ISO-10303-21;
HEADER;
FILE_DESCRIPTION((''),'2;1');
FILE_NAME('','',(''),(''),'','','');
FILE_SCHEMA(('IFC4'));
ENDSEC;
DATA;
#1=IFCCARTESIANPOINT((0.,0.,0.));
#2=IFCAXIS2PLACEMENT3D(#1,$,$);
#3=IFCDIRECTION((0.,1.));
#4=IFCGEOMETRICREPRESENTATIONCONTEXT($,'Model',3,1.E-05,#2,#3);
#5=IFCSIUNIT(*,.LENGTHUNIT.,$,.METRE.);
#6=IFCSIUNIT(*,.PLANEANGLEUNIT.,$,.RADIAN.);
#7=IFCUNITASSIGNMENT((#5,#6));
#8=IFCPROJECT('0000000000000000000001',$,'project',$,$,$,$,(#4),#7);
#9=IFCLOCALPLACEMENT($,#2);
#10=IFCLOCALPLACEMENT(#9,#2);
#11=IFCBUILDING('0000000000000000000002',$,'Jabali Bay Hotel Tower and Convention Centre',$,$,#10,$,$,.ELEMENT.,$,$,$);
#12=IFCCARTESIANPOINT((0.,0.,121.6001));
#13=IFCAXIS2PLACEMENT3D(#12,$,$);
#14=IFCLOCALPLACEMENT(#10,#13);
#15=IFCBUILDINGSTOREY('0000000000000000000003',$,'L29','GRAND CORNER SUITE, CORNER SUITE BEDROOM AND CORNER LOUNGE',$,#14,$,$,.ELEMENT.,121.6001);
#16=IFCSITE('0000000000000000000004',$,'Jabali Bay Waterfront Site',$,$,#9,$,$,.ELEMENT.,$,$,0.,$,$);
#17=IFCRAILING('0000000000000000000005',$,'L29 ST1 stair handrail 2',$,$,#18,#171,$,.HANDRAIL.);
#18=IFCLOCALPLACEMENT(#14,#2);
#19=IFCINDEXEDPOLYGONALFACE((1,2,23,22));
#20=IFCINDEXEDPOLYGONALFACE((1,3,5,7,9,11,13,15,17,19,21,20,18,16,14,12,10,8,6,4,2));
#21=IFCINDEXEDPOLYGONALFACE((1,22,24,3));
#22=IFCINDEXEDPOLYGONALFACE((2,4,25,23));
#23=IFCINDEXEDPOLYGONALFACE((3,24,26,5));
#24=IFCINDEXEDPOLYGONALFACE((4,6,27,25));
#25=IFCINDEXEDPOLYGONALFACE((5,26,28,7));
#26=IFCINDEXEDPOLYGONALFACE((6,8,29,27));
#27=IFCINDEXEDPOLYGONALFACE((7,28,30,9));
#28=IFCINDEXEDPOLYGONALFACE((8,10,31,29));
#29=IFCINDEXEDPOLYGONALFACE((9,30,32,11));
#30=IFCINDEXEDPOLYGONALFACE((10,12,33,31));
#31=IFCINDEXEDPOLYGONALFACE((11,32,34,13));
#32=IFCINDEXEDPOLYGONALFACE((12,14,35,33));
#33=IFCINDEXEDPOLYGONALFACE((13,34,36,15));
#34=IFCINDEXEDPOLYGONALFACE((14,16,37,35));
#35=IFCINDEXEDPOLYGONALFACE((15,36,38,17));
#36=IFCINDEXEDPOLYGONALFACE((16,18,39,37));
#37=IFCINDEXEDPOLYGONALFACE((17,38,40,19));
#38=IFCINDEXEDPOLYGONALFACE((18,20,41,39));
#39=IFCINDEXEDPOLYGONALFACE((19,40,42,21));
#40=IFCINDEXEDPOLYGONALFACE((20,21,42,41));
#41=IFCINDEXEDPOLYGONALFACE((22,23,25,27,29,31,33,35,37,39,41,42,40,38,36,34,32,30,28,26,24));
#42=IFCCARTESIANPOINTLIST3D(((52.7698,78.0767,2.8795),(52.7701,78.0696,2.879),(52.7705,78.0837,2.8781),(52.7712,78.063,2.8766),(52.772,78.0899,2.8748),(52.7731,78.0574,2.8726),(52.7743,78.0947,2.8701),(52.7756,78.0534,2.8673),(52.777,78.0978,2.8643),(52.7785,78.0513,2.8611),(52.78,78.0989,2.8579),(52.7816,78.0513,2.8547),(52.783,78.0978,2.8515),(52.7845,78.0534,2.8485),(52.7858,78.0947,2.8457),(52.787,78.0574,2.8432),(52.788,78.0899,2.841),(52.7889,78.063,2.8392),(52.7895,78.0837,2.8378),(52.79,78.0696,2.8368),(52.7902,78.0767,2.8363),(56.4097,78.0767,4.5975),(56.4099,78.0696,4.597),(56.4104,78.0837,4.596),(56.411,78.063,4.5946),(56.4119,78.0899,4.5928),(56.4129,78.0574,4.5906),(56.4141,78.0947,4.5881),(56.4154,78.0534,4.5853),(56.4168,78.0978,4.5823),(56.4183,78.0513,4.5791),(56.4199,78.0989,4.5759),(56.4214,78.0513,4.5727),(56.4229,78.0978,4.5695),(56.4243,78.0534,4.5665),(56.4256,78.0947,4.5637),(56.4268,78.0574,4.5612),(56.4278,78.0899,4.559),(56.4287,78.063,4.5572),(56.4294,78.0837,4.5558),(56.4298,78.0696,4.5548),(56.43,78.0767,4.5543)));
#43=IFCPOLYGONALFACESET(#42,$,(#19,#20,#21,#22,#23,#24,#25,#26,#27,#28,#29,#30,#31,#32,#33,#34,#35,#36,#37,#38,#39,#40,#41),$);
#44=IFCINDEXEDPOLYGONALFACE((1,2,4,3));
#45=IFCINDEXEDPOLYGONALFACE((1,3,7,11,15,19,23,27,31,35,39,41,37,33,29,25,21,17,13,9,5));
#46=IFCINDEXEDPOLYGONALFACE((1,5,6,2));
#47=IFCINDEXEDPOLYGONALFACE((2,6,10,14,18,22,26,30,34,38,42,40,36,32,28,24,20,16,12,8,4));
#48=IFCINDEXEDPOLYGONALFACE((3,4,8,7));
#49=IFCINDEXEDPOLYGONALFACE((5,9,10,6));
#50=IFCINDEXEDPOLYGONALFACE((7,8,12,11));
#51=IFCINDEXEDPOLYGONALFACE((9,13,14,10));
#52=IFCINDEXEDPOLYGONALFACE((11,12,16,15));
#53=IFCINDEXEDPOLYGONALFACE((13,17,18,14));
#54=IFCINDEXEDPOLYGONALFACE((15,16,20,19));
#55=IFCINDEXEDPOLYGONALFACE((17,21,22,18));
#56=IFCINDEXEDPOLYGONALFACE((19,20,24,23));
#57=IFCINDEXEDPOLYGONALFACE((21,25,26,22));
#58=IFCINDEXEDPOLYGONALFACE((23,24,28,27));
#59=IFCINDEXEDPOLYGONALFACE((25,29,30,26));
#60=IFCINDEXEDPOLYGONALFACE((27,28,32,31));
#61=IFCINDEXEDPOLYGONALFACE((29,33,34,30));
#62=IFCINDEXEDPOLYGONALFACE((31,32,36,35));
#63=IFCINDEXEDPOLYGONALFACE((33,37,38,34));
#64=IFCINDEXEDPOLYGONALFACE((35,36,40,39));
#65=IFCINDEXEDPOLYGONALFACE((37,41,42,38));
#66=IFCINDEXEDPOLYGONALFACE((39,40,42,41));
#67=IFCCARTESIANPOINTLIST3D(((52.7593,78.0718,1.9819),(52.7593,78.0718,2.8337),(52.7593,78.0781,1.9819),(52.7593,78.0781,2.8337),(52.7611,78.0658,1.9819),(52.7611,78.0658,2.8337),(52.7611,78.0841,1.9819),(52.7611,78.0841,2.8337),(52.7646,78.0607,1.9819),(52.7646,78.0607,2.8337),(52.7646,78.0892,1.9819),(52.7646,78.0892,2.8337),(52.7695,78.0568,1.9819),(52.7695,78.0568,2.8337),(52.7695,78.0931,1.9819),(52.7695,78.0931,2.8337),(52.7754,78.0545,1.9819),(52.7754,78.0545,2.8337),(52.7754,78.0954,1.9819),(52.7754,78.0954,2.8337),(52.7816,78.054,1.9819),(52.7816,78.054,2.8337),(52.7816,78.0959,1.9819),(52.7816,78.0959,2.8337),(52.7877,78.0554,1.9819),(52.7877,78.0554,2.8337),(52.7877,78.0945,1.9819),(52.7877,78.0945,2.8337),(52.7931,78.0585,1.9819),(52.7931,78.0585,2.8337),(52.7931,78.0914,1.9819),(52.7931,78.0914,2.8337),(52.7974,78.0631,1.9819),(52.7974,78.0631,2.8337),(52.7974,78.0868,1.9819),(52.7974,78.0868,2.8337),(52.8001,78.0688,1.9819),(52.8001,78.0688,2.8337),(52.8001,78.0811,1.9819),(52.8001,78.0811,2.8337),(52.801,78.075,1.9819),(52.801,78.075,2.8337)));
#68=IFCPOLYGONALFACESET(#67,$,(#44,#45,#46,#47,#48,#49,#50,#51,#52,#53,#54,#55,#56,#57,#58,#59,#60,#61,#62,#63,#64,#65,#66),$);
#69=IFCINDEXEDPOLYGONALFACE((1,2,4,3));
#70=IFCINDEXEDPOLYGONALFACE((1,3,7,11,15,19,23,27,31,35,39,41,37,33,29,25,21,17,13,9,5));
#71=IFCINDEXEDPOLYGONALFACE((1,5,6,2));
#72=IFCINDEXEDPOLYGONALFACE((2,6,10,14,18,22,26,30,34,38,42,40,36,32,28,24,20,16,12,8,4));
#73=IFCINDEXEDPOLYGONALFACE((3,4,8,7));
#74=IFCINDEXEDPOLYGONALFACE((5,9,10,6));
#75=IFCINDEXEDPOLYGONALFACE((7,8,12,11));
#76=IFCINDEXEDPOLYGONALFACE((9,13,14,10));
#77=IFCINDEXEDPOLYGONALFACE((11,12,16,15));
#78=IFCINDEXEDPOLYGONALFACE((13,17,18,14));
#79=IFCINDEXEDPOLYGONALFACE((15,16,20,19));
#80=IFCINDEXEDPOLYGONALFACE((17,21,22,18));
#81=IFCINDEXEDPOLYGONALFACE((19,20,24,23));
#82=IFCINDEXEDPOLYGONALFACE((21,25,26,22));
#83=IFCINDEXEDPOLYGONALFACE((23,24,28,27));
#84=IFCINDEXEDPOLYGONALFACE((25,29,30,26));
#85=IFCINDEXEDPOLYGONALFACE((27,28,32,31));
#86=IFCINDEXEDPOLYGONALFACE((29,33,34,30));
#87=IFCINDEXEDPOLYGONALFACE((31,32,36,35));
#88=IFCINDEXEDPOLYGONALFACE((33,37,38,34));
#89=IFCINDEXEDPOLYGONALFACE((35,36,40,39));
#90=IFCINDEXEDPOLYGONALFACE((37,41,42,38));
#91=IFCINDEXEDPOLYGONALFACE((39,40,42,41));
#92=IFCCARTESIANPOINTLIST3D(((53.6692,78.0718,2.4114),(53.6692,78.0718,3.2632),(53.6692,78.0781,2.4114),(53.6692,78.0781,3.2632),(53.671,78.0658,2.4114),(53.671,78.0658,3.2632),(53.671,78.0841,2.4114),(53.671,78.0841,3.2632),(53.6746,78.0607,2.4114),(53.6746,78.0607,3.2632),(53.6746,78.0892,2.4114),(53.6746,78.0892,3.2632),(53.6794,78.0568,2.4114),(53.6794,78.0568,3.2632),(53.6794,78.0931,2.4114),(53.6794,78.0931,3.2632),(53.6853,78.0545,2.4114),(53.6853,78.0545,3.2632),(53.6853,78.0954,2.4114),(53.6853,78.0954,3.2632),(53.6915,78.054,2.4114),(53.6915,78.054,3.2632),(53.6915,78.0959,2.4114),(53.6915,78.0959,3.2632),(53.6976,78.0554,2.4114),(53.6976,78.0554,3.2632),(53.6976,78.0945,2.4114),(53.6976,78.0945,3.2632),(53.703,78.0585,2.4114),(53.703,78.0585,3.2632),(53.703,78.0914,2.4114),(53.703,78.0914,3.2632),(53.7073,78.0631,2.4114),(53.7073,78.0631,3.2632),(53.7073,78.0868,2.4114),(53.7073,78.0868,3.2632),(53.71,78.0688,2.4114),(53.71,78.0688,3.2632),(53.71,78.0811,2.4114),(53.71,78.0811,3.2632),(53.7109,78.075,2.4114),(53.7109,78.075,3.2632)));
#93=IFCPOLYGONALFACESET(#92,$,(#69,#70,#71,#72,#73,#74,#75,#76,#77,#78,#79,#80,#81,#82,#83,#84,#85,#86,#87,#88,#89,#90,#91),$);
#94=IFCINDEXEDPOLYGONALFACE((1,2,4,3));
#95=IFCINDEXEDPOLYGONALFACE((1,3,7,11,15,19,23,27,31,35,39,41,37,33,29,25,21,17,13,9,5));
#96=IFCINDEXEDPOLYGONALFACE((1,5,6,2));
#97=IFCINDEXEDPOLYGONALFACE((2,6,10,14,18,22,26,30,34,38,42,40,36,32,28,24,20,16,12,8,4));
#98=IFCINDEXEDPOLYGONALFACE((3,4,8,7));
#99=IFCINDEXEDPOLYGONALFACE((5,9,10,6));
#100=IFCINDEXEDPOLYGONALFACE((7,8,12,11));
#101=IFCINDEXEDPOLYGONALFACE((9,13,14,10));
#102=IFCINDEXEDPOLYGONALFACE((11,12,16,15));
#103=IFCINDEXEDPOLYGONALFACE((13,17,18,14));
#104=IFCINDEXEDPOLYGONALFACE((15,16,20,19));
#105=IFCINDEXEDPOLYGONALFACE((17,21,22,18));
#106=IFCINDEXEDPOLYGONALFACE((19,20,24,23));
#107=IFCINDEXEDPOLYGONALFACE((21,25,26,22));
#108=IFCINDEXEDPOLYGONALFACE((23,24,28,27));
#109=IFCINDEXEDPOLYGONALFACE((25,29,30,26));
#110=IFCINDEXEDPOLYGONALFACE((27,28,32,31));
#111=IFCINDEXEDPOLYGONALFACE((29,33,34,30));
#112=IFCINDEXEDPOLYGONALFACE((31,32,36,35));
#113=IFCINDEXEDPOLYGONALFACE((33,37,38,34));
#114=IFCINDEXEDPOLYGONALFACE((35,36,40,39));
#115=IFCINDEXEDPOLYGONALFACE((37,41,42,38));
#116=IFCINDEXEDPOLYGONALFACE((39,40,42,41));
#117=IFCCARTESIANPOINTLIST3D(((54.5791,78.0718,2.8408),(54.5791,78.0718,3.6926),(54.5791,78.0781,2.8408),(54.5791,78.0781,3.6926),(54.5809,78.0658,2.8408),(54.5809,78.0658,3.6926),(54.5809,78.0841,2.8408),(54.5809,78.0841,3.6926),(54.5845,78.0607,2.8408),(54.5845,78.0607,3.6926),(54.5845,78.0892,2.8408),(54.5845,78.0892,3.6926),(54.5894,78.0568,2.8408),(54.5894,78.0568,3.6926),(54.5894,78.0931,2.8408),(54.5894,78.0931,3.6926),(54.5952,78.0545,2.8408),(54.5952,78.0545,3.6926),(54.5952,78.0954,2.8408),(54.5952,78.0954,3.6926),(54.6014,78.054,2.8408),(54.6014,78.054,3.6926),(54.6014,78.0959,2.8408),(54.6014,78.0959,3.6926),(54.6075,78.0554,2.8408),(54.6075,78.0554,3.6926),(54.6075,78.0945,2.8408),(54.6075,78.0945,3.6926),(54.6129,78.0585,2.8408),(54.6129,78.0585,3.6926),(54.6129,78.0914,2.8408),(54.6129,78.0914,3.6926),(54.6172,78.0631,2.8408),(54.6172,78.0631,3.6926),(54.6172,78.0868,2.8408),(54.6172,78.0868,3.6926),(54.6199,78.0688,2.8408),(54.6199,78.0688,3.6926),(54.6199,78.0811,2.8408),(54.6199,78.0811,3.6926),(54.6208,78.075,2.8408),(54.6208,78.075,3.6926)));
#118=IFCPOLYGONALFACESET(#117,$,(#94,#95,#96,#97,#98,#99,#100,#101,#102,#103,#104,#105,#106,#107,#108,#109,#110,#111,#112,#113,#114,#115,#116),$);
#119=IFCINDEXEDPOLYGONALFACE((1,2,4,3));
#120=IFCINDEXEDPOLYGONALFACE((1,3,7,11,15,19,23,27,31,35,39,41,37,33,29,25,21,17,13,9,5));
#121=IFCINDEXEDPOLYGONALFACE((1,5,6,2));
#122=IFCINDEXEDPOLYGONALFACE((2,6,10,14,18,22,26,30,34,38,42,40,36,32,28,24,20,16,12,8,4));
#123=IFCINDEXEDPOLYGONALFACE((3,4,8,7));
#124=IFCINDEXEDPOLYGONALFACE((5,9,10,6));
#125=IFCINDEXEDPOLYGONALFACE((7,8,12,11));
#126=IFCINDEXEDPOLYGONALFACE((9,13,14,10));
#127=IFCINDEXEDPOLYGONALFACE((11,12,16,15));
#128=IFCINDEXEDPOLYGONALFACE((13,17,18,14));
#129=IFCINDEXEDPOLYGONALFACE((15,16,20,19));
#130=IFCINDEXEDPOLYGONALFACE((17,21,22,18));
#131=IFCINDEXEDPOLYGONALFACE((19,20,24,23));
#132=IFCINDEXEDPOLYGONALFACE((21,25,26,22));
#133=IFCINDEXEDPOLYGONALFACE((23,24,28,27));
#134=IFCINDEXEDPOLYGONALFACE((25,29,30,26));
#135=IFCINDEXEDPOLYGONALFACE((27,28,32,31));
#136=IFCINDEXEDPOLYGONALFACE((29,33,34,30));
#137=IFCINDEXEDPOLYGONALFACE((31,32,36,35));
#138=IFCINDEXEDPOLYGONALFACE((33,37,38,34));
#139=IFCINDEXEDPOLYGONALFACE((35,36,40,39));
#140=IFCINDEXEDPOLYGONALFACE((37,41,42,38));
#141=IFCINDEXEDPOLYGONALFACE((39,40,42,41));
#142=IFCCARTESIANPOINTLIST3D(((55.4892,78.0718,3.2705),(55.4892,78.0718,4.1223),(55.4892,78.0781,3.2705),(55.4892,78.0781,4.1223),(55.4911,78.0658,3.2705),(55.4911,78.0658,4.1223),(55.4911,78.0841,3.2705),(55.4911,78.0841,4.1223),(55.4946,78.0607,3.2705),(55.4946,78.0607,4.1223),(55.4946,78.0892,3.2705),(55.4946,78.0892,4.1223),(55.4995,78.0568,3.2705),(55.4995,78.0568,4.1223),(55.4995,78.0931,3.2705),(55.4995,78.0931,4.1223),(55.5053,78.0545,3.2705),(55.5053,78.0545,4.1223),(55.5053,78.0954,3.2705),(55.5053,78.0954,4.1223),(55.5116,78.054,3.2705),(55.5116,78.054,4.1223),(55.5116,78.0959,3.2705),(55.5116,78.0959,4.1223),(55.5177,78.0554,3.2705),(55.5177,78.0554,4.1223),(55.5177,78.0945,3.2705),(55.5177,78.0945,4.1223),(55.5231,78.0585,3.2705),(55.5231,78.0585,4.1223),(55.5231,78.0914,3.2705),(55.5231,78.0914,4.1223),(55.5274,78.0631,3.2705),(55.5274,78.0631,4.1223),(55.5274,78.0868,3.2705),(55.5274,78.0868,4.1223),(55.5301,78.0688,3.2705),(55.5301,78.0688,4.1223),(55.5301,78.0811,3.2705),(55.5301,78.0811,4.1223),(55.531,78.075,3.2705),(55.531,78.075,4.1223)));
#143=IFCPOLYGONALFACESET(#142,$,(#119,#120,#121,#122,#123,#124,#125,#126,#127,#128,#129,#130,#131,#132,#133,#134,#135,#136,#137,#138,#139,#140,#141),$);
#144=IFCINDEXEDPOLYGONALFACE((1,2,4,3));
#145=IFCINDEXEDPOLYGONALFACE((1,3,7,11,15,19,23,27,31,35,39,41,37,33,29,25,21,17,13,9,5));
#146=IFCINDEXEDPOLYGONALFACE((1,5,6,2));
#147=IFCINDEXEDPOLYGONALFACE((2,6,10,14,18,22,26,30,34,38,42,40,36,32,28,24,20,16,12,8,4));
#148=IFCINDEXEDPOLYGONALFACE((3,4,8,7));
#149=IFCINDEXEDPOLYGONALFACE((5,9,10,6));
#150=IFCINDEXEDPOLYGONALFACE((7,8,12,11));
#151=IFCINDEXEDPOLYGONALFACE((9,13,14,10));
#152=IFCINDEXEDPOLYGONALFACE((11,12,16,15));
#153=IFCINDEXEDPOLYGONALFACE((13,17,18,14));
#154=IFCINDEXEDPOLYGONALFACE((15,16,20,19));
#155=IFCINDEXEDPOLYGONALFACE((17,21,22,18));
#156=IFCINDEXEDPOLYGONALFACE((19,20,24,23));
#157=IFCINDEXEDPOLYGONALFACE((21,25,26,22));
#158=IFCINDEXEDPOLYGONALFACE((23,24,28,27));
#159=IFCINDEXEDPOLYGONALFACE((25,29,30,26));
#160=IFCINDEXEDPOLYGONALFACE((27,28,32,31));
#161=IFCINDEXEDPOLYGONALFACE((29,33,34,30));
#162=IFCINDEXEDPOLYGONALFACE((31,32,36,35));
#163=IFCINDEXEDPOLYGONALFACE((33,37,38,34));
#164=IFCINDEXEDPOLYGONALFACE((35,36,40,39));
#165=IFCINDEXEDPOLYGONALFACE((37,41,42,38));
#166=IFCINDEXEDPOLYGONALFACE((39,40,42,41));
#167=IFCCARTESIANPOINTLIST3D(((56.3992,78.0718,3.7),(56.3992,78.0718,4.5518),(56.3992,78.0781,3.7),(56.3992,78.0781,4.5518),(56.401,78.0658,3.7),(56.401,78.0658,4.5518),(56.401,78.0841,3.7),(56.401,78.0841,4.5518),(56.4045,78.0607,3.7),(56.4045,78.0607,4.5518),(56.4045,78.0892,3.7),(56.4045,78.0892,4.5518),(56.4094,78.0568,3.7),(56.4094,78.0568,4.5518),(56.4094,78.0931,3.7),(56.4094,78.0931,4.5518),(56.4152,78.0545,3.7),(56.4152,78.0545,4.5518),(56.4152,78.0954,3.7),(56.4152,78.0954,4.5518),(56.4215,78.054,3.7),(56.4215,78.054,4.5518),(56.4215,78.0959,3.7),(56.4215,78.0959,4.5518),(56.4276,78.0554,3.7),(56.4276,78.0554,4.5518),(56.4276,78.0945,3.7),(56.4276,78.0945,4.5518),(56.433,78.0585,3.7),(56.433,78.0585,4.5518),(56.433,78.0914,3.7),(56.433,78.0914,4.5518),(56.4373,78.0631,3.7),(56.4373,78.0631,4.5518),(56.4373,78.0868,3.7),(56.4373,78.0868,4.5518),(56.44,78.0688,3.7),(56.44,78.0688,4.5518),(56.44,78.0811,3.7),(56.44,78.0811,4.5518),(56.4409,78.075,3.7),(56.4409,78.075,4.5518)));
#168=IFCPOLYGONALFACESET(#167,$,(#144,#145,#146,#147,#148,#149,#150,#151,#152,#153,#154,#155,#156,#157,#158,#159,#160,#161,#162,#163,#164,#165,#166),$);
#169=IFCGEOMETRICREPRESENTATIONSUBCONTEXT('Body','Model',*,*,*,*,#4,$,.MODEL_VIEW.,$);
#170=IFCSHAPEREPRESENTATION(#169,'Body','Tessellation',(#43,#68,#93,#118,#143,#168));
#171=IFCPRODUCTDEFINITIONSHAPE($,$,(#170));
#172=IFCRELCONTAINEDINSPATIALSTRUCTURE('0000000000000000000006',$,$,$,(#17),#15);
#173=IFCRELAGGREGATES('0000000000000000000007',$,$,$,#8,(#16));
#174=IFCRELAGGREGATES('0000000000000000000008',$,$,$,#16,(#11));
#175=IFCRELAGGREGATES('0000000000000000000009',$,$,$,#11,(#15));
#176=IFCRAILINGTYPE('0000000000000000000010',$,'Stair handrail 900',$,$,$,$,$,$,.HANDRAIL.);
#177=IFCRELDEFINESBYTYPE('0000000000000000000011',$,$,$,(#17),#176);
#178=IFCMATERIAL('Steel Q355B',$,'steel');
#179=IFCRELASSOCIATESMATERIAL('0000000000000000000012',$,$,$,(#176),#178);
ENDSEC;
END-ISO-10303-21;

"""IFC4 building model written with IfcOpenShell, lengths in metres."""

from ifc_helpers import new_model, si_unit, direction, frame, origin, origin_2d, place, context, subcontext, project, spatial, circle, extrude, material, type_object, element, save


model = new_model("IFC4")

# Units and contexts
model_context = context("Model", 3, precision=1e-05, world=origin(), true_north=direction((0.0, 1.0)))
body_context = subcontext(model_context, "Body", "Model", "MODEL_VIEW")
ifc_project = project(units=[si_unit("LENGTHUNIT", "METRE"), si_unit("PLANEANGLEUNIT", "RADIAN")], contexts=[model_context])

# Site, building, storey
site_placement = place(None, origin())
site = spatial("IfcSite", under=ifc_project, at=site_placement, Name="Jabali Bay Waterfront Site", CompositionType="ELEMENT", RefElevation=0.0)
building_placement = place(site_placement, origin())
building = spatial("IfcBuilding", under=site, at=building_placement, Name="Jabali Bay Hotel Tower and Convention Centre", CompositionType="ELEMENT")
storey_placement = place(building_placement, frame((0.0, 0.0, 121.6001)))
storey = spatial("IfcBuildingStorey", under=building, at=storey_placement, Name="L29", Description="GRAND CORNER SUITE, CORNER SUITE BEDROOM AND CORNER LOUNGE", CompositionType="ELEMENT", Elevation=121.6001)

# Railing
ifc_material_1 = material(Name="Steel Q355B", Category="steel")
railing_type = type_object("IfcRailingType", Name="Stair handrail 900", PredefinedType="HANDRAIL", material=ifc_material_1)
railing_placement = place(storey_placement, frame((52.78, 78.075, 1.9819)))
element("IfcRailing", 1, at=railing_placement, inside=storey, type_object=railing_type, Name="L29 ST1 stair handrail 2", PredefinedType="HANDRAIL", context=body_context, shape_type="SweptSolid", body=[
    extrude(circle(Radius=0.0239, at=origin_2d()), frame((0.0, 0.0, 0.876), z_axis=(0.904327, 0.0, 0.42684), x_axis=(0.0, 1.0, 0.0)), (0.0, 0.0, 1.0), 4.0249),
    extrude(circle(Radius=0.021, at=origin_2d()), origin(), (0.0, 0.0, 1.0), 0.8518),
    extrude(circle(Radius=0.021, at=origin_2d()), frame((0.9099, 0.0, 0.4294)), (0.0, 0.0, 1.0), 0.8518),
    extrude(circle(Radius=0.021, at=origin_2d()), frame((1.8198, 0.0, 0.8589)), (0.0, 0.0, 1.0), 0.8518),
    extrude(circle(Radius=0.021, at=origin_2d()), frame((2.73, 0.0, 1.2886)), (0.0, 0.0, 1.0), 0.8518),
    extrude(circle(Radius=0.021, at=origin_2d()), frame((3.6399, 0.0, 1.718)), (0.0, 0.0, 1.0), 0.8518),
])

save(model, "model.ifc")
